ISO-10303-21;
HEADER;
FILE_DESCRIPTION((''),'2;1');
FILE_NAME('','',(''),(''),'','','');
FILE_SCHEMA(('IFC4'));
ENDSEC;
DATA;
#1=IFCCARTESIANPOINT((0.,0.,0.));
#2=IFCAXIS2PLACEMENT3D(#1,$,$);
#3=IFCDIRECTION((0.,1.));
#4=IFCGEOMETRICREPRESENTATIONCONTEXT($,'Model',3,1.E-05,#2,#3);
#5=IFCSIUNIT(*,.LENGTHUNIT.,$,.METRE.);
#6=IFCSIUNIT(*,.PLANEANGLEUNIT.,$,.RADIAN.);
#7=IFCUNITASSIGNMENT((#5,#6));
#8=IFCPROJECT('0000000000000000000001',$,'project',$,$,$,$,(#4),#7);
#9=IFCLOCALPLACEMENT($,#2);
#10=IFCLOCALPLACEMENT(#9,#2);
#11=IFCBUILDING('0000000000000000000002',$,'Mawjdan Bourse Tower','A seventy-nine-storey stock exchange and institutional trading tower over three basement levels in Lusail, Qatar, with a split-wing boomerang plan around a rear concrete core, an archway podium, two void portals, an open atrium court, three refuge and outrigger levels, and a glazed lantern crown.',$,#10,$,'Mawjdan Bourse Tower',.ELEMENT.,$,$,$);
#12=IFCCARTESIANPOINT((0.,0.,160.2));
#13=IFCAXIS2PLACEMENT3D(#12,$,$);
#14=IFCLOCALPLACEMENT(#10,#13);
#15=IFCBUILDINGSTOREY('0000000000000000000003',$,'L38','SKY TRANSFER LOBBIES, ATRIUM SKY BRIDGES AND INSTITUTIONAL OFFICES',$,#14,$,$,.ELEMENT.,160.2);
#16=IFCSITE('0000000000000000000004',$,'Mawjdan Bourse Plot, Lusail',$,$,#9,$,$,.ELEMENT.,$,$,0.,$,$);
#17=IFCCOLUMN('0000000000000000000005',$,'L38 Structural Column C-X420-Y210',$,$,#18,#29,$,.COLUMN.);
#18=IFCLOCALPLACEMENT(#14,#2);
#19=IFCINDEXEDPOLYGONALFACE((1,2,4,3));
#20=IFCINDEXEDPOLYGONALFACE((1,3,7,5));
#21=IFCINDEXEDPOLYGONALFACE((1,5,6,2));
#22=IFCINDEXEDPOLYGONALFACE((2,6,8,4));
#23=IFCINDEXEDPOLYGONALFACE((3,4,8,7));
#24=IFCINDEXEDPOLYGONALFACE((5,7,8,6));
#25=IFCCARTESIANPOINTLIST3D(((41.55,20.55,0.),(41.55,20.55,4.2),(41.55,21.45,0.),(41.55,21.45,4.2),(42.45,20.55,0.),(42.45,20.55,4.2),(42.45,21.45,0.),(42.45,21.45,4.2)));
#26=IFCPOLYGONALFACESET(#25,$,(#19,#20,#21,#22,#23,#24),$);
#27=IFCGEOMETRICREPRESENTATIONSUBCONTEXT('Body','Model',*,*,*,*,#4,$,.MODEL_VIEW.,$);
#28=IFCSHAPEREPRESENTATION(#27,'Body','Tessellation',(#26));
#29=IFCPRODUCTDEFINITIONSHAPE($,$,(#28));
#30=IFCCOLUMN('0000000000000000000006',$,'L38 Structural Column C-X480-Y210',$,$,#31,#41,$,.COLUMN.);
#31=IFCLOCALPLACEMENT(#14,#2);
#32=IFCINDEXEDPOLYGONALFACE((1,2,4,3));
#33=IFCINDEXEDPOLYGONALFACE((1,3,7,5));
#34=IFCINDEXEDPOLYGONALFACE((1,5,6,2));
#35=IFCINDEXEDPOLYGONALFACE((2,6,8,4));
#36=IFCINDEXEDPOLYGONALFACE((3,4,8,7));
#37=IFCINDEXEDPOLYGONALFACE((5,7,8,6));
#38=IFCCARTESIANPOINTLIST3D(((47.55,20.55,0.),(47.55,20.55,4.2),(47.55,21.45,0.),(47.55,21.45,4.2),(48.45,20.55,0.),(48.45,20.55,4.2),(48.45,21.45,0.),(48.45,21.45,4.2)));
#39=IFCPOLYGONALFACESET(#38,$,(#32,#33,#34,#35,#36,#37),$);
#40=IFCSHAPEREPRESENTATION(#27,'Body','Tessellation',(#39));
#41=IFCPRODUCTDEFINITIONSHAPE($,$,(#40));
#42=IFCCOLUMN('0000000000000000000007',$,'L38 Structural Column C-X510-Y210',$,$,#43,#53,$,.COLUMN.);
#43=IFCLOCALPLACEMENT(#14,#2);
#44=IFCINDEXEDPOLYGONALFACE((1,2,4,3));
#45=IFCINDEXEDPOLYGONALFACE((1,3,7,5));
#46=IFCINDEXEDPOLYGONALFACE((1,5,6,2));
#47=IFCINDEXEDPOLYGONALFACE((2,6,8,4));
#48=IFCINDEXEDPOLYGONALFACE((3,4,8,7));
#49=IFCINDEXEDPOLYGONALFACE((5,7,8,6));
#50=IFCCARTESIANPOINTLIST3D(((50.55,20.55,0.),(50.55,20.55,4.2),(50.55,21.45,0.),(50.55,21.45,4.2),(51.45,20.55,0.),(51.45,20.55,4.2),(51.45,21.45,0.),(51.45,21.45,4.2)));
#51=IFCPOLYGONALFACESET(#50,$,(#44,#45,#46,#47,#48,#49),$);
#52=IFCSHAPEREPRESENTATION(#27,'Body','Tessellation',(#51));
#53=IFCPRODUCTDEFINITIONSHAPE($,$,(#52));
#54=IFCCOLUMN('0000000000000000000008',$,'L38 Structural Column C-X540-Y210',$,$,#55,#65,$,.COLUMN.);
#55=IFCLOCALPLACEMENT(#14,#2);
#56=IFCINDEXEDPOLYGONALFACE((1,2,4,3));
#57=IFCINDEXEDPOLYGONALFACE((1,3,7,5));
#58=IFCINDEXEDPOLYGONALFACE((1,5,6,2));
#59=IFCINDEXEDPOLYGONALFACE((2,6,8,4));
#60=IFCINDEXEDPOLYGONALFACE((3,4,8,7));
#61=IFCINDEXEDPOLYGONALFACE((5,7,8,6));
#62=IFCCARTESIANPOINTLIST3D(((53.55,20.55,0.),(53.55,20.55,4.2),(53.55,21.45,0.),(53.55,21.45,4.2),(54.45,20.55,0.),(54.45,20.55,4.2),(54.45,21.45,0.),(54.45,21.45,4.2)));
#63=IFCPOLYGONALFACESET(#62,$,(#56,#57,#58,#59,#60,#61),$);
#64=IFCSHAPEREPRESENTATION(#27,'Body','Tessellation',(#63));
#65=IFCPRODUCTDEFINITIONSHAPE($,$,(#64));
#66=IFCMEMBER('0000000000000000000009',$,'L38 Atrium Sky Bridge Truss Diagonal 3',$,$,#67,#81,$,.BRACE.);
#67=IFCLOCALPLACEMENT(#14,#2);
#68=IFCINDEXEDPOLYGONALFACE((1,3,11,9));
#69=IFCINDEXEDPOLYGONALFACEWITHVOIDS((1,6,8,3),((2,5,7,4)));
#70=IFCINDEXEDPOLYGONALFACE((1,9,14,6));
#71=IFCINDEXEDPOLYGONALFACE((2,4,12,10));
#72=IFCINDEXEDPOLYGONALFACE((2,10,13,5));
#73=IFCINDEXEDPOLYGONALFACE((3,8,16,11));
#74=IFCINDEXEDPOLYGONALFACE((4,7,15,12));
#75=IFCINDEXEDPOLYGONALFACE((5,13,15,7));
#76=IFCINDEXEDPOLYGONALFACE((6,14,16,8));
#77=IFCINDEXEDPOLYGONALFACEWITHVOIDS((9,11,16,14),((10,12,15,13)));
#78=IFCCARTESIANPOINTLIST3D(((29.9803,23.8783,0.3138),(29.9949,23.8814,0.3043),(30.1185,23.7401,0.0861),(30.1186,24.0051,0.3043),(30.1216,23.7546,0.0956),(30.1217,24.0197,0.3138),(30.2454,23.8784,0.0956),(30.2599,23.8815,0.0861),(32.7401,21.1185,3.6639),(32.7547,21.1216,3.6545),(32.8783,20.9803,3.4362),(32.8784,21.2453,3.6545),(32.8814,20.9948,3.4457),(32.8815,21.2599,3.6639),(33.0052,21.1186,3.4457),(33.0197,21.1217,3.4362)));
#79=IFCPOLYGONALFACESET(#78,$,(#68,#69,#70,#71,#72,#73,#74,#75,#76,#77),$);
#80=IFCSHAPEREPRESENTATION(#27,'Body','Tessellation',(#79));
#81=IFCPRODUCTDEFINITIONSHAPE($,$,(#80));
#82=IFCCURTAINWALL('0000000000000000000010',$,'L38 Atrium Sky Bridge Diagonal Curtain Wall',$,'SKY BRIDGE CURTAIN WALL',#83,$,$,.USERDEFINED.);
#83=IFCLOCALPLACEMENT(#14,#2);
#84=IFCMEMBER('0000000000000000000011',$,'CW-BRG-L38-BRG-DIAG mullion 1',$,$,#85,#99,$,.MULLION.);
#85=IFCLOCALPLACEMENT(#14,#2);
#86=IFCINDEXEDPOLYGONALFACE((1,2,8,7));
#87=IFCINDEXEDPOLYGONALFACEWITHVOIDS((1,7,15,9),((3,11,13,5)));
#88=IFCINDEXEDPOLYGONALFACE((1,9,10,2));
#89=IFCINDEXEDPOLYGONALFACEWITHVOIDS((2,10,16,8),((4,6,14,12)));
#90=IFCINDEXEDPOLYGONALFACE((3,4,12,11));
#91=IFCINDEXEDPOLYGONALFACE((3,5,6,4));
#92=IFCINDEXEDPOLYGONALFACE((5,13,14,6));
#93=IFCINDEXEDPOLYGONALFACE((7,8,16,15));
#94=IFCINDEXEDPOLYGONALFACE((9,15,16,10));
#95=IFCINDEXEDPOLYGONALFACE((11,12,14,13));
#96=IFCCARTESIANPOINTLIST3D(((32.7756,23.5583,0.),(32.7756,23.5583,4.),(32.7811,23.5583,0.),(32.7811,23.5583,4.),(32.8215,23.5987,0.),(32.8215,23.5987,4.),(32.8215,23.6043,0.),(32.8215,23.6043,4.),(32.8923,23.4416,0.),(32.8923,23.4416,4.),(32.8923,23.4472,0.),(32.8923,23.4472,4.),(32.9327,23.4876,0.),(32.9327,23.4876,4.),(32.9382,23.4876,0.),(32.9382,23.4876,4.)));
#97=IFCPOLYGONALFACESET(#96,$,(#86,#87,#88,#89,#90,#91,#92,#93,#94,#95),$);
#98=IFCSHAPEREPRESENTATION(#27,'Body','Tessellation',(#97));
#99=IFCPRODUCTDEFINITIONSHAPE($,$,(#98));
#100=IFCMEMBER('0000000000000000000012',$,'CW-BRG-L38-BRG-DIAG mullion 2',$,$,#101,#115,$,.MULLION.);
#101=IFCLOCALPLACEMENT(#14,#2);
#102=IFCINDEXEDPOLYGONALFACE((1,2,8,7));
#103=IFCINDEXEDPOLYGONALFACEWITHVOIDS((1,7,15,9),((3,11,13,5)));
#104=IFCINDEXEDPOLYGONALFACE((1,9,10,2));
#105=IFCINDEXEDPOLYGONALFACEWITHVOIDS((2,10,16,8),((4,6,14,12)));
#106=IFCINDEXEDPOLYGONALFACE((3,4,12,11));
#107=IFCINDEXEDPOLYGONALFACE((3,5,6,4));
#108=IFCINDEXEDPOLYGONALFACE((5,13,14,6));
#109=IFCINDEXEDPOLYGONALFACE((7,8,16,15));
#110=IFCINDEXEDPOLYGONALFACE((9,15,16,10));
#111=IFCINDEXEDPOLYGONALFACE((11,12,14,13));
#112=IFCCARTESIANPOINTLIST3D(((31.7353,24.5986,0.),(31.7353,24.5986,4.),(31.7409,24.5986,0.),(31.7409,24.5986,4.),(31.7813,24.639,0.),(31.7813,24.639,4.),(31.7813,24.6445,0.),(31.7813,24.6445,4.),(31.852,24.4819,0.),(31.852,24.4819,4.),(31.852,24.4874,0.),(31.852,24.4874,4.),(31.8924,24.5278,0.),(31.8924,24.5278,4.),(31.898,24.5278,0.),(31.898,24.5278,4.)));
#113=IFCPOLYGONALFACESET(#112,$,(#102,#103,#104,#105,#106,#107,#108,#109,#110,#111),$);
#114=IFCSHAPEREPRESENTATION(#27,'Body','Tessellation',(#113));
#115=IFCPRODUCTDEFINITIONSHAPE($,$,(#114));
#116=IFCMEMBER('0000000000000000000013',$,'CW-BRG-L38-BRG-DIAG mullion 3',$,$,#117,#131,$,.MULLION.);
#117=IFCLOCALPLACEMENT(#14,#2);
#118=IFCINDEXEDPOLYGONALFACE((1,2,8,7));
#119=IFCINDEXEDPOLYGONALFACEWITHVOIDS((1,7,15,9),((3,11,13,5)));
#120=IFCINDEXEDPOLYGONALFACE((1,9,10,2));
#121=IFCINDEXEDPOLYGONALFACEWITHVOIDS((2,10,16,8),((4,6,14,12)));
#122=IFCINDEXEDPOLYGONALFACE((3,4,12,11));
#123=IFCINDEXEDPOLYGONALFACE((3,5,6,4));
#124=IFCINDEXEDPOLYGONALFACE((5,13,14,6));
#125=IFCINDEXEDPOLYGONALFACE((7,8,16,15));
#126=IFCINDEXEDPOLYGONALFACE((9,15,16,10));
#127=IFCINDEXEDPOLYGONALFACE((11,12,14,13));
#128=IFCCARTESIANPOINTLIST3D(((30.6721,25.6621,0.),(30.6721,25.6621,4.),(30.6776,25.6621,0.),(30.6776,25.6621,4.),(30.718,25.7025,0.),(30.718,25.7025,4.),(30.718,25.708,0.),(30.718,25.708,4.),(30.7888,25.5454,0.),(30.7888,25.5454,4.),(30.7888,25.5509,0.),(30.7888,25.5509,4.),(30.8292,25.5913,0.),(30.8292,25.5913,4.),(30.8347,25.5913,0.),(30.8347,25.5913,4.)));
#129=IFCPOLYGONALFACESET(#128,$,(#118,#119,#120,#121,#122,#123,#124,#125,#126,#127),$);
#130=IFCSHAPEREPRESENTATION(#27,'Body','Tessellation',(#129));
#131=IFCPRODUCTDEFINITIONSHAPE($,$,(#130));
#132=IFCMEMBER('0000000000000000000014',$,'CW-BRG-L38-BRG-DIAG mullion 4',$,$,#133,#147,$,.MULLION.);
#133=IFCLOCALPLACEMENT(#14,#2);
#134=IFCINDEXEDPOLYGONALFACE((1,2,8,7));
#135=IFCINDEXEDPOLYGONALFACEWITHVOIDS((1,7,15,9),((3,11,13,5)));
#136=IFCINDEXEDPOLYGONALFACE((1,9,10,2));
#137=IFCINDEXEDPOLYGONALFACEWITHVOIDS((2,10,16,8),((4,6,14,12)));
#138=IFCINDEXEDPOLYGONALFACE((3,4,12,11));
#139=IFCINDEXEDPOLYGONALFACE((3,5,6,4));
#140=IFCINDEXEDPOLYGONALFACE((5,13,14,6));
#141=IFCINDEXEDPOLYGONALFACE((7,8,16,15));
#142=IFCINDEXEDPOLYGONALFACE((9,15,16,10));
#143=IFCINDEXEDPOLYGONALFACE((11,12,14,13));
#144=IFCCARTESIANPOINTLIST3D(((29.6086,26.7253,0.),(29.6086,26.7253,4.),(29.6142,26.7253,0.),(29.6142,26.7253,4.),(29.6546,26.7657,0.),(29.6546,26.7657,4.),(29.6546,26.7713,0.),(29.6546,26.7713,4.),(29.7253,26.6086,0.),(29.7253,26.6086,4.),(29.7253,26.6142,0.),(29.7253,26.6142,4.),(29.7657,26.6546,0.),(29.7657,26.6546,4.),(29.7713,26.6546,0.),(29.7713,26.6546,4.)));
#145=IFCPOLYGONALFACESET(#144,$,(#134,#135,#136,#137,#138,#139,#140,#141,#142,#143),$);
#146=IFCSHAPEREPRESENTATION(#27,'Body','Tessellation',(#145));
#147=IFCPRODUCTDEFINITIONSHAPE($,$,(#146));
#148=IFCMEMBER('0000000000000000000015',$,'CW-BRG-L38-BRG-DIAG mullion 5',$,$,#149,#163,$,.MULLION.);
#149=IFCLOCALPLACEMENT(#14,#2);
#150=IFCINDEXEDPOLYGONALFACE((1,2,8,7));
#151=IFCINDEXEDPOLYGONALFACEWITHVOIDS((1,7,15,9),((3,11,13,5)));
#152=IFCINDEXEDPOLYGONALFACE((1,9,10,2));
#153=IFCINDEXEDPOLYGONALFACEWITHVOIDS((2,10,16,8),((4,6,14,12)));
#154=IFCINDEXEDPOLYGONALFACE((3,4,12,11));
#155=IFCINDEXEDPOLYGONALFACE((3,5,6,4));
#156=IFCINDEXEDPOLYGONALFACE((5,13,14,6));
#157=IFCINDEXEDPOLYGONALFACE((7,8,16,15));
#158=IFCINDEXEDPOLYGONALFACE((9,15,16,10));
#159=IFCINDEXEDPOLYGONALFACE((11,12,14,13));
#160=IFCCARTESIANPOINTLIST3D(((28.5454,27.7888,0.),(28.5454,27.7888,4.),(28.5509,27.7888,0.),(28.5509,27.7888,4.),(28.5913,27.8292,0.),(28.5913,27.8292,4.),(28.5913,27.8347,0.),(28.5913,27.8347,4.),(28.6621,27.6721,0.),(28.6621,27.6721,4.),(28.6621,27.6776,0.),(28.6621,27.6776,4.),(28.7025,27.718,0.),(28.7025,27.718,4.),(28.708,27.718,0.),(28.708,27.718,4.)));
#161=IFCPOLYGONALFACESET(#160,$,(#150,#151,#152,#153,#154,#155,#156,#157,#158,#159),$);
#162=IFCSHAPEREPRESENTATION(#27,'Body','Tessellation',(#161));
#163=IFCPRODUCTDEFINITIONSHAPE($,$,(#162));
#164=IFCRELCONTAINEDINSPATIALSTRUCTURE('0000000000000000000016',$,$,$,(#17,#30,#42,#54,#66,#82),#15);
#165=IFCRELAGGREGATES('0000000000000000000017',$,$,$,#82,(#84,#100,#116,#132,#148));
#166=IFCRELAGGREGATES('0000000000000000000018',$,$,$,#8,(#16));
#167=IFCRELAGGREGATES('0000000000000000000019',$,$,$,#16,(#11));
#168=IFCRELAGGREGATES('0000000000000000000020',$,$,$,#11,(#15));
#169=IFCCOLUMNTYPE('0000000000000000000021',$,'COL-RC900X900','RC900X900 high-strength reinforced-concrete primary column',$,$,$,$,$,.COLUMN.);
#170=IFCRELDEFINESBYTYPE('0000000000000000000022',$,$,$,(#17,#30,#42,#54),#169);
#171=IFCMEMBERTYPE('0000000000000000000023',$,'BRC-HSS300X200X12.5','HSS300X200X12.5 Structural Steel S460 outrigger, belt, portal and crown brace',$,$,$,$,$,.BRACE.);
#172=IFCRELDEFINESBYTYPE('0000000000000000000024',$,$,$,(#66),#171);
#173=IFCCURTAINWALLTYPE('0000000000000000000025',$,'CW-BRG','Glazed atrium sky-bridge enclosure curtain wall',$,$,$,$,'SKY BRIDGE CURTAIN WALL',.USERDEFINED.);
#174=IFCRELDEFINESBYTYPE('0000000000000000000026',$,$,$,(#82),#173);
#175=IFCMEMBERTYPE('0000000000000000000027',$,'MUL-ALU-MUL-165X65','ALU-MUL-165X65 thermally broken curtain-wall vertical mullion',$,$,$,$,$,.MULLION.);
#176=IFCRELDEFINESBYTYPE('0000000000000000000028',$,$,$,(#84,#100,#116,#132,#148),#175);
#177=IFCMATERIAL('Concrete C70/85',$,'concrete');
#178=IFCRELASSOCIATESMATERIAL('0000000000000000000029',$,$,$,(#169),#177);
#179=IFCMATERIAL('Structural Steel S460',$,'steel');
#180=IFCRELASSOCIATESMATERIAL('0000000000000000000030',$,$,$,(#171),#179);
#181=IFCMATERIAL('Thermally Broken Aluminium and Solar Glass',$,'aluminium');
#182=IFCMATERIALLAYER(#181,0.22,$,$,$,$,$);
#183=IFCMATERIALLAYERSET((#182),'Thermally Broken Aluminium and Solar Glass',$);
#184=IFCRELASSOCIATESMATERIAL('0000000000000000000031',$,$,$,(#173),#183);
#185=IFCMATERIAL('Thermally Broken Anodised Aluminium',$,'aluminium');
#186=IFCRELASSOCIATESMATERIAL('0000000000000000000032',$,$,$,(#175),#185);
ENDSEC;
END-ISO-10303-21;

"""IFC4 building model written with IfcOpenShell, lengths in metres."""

from ifc_helpers import new_model, si_unit, direction, frame, origin, origin_2d, place, context, subcontext, project, spatial, rectangle, hollow_rectangle, extrude, material, layer, layer_set, material_profile, profile_set, type_object, element, aggregate, save


model = new_model("IFC4")

# Units and contexts
model_context = context("Model", 3, precision=1e-05, world=origin(), true_north=direction((0.0, 1.0)))
body_context = subcontext(model_context, "Body", "Model", "MODEL_VIEW")
ifc_project = project(units=[si_unit("LENGTHUNIT", "METRE"), si_unit("PLANEANGLEUNIT", "RADIAN")], contexts=[model_context])

# Site, building, storey
site_placement = place(None, origin())
site = spatial("IfcSite", under=ifc_project, at=site_placement, Name="Mawjdan Bourse Plot, Lusail", CompositionType="ELEMENT", RefElevation=0.0)
building_placement = place(site_placement, origin())
building = spatial("IfcBuilding", under=site, at=building_placement, Name="Mawjdan Bourse Tower", Description="A seventy-nine-storey stock exchange and institutional trading tower over three basement levels in Lusail, Qatar, with a split-wing boomerang plan around a rear concrete core, an archway podium, two void portals, an open atrium court, three refuge and outrigger levels, and a glazed lantern crown.", LongName="Mawjdan Bourse Tower", CompositionType="ELEMENT")
storey_placement = place(building_placement, frame((0.0, 0.0, 160.2)))
storey = spatial("IfcBuildingStorey", under=building, at=storey_placement, Name="L38", Description="SKY TRANSFER LOBBIES, ATRIUM SKY BRIDGES AND INSTITUTIONAL OFFICES", CompositionType="ELEMENT", Elevation=160.2)

# Columns
ifc_material_1 = material(Name="Concrete C70/85", Category="concrete")
ifc_material_profile_1 = material_profile(ifc_material_1, rectangle(XDim=0.8999, YDim=0.8999, at=origin_2d()), Name="RC900X900")
ifc_profile_set_1 = profile_set([ifc_material_profile_1], Name="Concrete C70/85")
column_type = type_object("IfcColumnType", Name="COL-RC900X900", Description="RC900X900 high-strength reinforced-concrete primary column", PredefinedType="COLUMN", material=ifc_profile_set_1)
for number, where, z_axis, x_axis, name in (
    (1, (42.0, 21.0, 0.0), (0.0, 0.0, 1.0), (1.0, 0.0, 0.0), "L38 Structural Column C-X420-Y210"),
    (2, (48.0, 21.0, 0.0), (0.0, 0.0, 1.0), (1.0, 0.0, 0.0), "L38 Structural Column C-X480-Y210"),
    (3, (51.0, 21.0, 0.0), (0.0, 0.0, 1.0), (1.0, 0.0, 0.0), "L38 Structural Column C-X510-Y210"),
    (4, (54.0, 21.0, 0.0), (0.0, 0.0, 1.0), (1.0, 0.0, 0.0), "L38 Structural Column C-X540-Y210"),
):
    element("IfcColumn", number, at=place(storey_placement, frame(where, z_axis=z_axis, x_axis=x_axis)), inside=storey, type_object=column_type, Name=name, PredefinedType="COLUMN", context=body_context, shape_type="SweptSolid", body=[
        extrude(rectangle(XDim=0.8999, YDim=0.8999, at=origin_2d()), origin(), (0.0, 0.0, 1.0), 4.2),
    ])

# Member
ifc_material_2 = material(Name="Structural Steel S460", Category="steel")
ifc_material_profile_2 = material_profile(ifc_material_2, hollow_rectangle(XDim=0.2, YDim=0.3, WallThickness=0.0125, at=origin_2d()), Name="HSS300X200X12.5")
ifc_profile_set_2 = profile_set([ifc_material_profile_2], Name="Structural Steel S460")
member_type_1 = type_object("IfcMemberType", Name="BRC-HSS300X200X12.5", Description="HSS300X200X12.5 Structural Steel S460 outrigger, belt, portal and crown brace", PredefinedType="BRACE", material=ifc_profile_set_2)
member_1_placement = place(storey_placement, frame((30.1201, 23.8799, 0.2), z_axis=(0.536552, -0.536552, 0.651324), x_axis=(0.707107, 0.707107, 0.0)))
element("IfcMember", 5, at=member_1_placement, inside=storey, type_object=member_type_1, Name="L38 Atrium Sky Bridge Truss Diagonal 3", PredefinedType="BRACE", context=body_context, shape_type="SweptSolid", body=[
    extrude(hollow_rectangle(XDim=0.2, YDim=0.3, WallThickness=0.0125, at=origin_2d()), origin(), (0.0, 0.0, 1.0), 5.1436),
])

# Curtain wall, members
ifc_material_3 = material(Name="Thermally Broken Aluminium and Solar Glass", Category="aluminium")
ifc_layer_1 = layer(ifc_material_3, 0.22)
ifc_layer_set_1 = layer_set([ifc_layer_1], Name="Thermally Broken Aluminium and Solar Glass")
curtain_wall_type = type_object("IfcCurtainWallType", Name="CW-BRG", Description="Glazed atrium sky-bridge enclosure curtain wall", ElementType="SKY BRIDGE CURTAIN WALL", PredefinedType="USERDEFINED", material=ifc_layer_set_1)
curtain_wall_placement = place(storey_placement, origin())
curtain_wall = element("IfcCurtainWall", 6, at=curtain_wall_placement, inside=storey, type_object=curtain_wall_type, Name="L38 Atrium Sky Bridge Diagonal Curtain Wall", ObjectType="SKY BRIDGE CURTAIN WALL", PredefinedType="USERDEFINED")
ifc_material_4 = material(Name="Thermally Broken Anodised Aluminium", Category="aluminium")
ifc_material_profile_3 = material_profile(ifc_material_4, hollow_rectangle(XDim=0.0649, YDim=0.165, WallThickness=0.0039, at=origin_2d()), Name="ALU-MUL-165X65")
ifc_profile_set_3 = profile_set([ifc_material_profile_3], Name="Thermally Broken Anodised Aluminium")
member_type_2 = type_object("IfcMemberType", Name="MUL-ALU-MUL-165X65", Description="ALU-MUL-165X65 thermally broken curtain-wall vertical mullion", PredefinedType="MULLION", material=ifc_profile_set_3)
member_2_placement = place(storey_placement, frame((32.8569, 23.5229, 0.0), z_axis=(0.0, 0.0, 1.0), x_axis=(-0.707107, -0.707107, 0.0)))
member_2 = element("IfcMember", 7, at=member_2_placement, type_object=member_type_2, Name="CW-BRG-L38-BRG-DIAG mullion 1", PredefinedType="MULLION", context=body_context, shape_type="SweptSolid", body=[
    extrude(hollow_rectangle(XDim=0.0649, YDim=0.165, WallThickness=0.0039, at=origin_2d()), origin(), (0.0, 0.0, 1.0), 4.0),
])
member_3_placement = place(storey_placement, frame((31.8167, 24.5632, 0.0), z_axis=(0.0, 0.0, 1.0), x_axis=(-0.707107, -0.707107, 0.0)))
member_3 = element("IfcMember", 8, at=member_3_placement, type_object=member_type_2, Name="CW-BRG-L38-BRG-DIAG mullion 2", PredefinedType="MULLION", context=body_context, shape_type="SweptSolid", body=[
    extrude(hollow_rectangle(XDim=0.0649, YDim=0.165, WallThickness=0.0039, at=origin_2d()), origin(), (0.0, 0.0, 1.0), 4.0),
])
member_4_placement = place(storey_placement, frame((30.7534, 25.6267, 0.0), z_axis=(0.0, 0.0, 1.0), x_axis=(-0.707107, -0.707107, 0.0)))
member_4 = element("IfcMember", 9, at=member_4_placement, type_object=member_type_2, Name="CW-BRG-L38-BRG-DIAG mullion 3", PredefinedType="MULLION", context=body_context, shape_type="SweptSolid", body=[
    extrude(hollow_rectangle(XDim=0.0649, YDim=0.165, WallThickness=0.0039, at=origin_2d()), origin(), (0.0, 0.0, 1.0), 4.0),
])
member_5_placement = place(storey_placement, frame((29.6899, 26.6899, 0.0), z_axis=(0.0, 0.0, 1.0), x_axis=(-0.707107, -0.707107, 0.0)))
member_5 = element("IfcMember", 10, at=member_5_placement, type_object=member_type_2, Name="CW-BRG-L38-BRG-DIAG mullion 4", PredefinedType="MULLION", context=body_context, shape_type="SweptSolid", body=[
    extrude(hollow_rectangle(XDim=0.0649, YDim=0.165, WallThickness=0.0039, at=origin_2d()), origin(), (0.0, 0.0, 1.0), 4.0),
])
member_6_placement = place(storey_placement, frame((28.6267, 27.7534, 0.0), z_axis=(0.0, 0.0, 1.0), x_axis=(-0.707107, -0.707107, 0.0)))
member_6 = element("IfcMember", 11, at=member_6_placement, type_object=member_type_2, Name="CW-BRG-L38-BRG-DIAG mullion 5", PredefinedType="MULLION", context=body_context, shape_type="SweptSolid", body=[
    extrude(hollow_rectangle(XDim=0.0649, YDim=0.165, WallThickness=0.0039, at=origin_2d()), origin(), (0.0, 0.0, 1.0), 4.0),
])

aggregate(curtain_wall, [member_2, member_3, member_4, member_5, member_6])

save(model, "model.ifc")
